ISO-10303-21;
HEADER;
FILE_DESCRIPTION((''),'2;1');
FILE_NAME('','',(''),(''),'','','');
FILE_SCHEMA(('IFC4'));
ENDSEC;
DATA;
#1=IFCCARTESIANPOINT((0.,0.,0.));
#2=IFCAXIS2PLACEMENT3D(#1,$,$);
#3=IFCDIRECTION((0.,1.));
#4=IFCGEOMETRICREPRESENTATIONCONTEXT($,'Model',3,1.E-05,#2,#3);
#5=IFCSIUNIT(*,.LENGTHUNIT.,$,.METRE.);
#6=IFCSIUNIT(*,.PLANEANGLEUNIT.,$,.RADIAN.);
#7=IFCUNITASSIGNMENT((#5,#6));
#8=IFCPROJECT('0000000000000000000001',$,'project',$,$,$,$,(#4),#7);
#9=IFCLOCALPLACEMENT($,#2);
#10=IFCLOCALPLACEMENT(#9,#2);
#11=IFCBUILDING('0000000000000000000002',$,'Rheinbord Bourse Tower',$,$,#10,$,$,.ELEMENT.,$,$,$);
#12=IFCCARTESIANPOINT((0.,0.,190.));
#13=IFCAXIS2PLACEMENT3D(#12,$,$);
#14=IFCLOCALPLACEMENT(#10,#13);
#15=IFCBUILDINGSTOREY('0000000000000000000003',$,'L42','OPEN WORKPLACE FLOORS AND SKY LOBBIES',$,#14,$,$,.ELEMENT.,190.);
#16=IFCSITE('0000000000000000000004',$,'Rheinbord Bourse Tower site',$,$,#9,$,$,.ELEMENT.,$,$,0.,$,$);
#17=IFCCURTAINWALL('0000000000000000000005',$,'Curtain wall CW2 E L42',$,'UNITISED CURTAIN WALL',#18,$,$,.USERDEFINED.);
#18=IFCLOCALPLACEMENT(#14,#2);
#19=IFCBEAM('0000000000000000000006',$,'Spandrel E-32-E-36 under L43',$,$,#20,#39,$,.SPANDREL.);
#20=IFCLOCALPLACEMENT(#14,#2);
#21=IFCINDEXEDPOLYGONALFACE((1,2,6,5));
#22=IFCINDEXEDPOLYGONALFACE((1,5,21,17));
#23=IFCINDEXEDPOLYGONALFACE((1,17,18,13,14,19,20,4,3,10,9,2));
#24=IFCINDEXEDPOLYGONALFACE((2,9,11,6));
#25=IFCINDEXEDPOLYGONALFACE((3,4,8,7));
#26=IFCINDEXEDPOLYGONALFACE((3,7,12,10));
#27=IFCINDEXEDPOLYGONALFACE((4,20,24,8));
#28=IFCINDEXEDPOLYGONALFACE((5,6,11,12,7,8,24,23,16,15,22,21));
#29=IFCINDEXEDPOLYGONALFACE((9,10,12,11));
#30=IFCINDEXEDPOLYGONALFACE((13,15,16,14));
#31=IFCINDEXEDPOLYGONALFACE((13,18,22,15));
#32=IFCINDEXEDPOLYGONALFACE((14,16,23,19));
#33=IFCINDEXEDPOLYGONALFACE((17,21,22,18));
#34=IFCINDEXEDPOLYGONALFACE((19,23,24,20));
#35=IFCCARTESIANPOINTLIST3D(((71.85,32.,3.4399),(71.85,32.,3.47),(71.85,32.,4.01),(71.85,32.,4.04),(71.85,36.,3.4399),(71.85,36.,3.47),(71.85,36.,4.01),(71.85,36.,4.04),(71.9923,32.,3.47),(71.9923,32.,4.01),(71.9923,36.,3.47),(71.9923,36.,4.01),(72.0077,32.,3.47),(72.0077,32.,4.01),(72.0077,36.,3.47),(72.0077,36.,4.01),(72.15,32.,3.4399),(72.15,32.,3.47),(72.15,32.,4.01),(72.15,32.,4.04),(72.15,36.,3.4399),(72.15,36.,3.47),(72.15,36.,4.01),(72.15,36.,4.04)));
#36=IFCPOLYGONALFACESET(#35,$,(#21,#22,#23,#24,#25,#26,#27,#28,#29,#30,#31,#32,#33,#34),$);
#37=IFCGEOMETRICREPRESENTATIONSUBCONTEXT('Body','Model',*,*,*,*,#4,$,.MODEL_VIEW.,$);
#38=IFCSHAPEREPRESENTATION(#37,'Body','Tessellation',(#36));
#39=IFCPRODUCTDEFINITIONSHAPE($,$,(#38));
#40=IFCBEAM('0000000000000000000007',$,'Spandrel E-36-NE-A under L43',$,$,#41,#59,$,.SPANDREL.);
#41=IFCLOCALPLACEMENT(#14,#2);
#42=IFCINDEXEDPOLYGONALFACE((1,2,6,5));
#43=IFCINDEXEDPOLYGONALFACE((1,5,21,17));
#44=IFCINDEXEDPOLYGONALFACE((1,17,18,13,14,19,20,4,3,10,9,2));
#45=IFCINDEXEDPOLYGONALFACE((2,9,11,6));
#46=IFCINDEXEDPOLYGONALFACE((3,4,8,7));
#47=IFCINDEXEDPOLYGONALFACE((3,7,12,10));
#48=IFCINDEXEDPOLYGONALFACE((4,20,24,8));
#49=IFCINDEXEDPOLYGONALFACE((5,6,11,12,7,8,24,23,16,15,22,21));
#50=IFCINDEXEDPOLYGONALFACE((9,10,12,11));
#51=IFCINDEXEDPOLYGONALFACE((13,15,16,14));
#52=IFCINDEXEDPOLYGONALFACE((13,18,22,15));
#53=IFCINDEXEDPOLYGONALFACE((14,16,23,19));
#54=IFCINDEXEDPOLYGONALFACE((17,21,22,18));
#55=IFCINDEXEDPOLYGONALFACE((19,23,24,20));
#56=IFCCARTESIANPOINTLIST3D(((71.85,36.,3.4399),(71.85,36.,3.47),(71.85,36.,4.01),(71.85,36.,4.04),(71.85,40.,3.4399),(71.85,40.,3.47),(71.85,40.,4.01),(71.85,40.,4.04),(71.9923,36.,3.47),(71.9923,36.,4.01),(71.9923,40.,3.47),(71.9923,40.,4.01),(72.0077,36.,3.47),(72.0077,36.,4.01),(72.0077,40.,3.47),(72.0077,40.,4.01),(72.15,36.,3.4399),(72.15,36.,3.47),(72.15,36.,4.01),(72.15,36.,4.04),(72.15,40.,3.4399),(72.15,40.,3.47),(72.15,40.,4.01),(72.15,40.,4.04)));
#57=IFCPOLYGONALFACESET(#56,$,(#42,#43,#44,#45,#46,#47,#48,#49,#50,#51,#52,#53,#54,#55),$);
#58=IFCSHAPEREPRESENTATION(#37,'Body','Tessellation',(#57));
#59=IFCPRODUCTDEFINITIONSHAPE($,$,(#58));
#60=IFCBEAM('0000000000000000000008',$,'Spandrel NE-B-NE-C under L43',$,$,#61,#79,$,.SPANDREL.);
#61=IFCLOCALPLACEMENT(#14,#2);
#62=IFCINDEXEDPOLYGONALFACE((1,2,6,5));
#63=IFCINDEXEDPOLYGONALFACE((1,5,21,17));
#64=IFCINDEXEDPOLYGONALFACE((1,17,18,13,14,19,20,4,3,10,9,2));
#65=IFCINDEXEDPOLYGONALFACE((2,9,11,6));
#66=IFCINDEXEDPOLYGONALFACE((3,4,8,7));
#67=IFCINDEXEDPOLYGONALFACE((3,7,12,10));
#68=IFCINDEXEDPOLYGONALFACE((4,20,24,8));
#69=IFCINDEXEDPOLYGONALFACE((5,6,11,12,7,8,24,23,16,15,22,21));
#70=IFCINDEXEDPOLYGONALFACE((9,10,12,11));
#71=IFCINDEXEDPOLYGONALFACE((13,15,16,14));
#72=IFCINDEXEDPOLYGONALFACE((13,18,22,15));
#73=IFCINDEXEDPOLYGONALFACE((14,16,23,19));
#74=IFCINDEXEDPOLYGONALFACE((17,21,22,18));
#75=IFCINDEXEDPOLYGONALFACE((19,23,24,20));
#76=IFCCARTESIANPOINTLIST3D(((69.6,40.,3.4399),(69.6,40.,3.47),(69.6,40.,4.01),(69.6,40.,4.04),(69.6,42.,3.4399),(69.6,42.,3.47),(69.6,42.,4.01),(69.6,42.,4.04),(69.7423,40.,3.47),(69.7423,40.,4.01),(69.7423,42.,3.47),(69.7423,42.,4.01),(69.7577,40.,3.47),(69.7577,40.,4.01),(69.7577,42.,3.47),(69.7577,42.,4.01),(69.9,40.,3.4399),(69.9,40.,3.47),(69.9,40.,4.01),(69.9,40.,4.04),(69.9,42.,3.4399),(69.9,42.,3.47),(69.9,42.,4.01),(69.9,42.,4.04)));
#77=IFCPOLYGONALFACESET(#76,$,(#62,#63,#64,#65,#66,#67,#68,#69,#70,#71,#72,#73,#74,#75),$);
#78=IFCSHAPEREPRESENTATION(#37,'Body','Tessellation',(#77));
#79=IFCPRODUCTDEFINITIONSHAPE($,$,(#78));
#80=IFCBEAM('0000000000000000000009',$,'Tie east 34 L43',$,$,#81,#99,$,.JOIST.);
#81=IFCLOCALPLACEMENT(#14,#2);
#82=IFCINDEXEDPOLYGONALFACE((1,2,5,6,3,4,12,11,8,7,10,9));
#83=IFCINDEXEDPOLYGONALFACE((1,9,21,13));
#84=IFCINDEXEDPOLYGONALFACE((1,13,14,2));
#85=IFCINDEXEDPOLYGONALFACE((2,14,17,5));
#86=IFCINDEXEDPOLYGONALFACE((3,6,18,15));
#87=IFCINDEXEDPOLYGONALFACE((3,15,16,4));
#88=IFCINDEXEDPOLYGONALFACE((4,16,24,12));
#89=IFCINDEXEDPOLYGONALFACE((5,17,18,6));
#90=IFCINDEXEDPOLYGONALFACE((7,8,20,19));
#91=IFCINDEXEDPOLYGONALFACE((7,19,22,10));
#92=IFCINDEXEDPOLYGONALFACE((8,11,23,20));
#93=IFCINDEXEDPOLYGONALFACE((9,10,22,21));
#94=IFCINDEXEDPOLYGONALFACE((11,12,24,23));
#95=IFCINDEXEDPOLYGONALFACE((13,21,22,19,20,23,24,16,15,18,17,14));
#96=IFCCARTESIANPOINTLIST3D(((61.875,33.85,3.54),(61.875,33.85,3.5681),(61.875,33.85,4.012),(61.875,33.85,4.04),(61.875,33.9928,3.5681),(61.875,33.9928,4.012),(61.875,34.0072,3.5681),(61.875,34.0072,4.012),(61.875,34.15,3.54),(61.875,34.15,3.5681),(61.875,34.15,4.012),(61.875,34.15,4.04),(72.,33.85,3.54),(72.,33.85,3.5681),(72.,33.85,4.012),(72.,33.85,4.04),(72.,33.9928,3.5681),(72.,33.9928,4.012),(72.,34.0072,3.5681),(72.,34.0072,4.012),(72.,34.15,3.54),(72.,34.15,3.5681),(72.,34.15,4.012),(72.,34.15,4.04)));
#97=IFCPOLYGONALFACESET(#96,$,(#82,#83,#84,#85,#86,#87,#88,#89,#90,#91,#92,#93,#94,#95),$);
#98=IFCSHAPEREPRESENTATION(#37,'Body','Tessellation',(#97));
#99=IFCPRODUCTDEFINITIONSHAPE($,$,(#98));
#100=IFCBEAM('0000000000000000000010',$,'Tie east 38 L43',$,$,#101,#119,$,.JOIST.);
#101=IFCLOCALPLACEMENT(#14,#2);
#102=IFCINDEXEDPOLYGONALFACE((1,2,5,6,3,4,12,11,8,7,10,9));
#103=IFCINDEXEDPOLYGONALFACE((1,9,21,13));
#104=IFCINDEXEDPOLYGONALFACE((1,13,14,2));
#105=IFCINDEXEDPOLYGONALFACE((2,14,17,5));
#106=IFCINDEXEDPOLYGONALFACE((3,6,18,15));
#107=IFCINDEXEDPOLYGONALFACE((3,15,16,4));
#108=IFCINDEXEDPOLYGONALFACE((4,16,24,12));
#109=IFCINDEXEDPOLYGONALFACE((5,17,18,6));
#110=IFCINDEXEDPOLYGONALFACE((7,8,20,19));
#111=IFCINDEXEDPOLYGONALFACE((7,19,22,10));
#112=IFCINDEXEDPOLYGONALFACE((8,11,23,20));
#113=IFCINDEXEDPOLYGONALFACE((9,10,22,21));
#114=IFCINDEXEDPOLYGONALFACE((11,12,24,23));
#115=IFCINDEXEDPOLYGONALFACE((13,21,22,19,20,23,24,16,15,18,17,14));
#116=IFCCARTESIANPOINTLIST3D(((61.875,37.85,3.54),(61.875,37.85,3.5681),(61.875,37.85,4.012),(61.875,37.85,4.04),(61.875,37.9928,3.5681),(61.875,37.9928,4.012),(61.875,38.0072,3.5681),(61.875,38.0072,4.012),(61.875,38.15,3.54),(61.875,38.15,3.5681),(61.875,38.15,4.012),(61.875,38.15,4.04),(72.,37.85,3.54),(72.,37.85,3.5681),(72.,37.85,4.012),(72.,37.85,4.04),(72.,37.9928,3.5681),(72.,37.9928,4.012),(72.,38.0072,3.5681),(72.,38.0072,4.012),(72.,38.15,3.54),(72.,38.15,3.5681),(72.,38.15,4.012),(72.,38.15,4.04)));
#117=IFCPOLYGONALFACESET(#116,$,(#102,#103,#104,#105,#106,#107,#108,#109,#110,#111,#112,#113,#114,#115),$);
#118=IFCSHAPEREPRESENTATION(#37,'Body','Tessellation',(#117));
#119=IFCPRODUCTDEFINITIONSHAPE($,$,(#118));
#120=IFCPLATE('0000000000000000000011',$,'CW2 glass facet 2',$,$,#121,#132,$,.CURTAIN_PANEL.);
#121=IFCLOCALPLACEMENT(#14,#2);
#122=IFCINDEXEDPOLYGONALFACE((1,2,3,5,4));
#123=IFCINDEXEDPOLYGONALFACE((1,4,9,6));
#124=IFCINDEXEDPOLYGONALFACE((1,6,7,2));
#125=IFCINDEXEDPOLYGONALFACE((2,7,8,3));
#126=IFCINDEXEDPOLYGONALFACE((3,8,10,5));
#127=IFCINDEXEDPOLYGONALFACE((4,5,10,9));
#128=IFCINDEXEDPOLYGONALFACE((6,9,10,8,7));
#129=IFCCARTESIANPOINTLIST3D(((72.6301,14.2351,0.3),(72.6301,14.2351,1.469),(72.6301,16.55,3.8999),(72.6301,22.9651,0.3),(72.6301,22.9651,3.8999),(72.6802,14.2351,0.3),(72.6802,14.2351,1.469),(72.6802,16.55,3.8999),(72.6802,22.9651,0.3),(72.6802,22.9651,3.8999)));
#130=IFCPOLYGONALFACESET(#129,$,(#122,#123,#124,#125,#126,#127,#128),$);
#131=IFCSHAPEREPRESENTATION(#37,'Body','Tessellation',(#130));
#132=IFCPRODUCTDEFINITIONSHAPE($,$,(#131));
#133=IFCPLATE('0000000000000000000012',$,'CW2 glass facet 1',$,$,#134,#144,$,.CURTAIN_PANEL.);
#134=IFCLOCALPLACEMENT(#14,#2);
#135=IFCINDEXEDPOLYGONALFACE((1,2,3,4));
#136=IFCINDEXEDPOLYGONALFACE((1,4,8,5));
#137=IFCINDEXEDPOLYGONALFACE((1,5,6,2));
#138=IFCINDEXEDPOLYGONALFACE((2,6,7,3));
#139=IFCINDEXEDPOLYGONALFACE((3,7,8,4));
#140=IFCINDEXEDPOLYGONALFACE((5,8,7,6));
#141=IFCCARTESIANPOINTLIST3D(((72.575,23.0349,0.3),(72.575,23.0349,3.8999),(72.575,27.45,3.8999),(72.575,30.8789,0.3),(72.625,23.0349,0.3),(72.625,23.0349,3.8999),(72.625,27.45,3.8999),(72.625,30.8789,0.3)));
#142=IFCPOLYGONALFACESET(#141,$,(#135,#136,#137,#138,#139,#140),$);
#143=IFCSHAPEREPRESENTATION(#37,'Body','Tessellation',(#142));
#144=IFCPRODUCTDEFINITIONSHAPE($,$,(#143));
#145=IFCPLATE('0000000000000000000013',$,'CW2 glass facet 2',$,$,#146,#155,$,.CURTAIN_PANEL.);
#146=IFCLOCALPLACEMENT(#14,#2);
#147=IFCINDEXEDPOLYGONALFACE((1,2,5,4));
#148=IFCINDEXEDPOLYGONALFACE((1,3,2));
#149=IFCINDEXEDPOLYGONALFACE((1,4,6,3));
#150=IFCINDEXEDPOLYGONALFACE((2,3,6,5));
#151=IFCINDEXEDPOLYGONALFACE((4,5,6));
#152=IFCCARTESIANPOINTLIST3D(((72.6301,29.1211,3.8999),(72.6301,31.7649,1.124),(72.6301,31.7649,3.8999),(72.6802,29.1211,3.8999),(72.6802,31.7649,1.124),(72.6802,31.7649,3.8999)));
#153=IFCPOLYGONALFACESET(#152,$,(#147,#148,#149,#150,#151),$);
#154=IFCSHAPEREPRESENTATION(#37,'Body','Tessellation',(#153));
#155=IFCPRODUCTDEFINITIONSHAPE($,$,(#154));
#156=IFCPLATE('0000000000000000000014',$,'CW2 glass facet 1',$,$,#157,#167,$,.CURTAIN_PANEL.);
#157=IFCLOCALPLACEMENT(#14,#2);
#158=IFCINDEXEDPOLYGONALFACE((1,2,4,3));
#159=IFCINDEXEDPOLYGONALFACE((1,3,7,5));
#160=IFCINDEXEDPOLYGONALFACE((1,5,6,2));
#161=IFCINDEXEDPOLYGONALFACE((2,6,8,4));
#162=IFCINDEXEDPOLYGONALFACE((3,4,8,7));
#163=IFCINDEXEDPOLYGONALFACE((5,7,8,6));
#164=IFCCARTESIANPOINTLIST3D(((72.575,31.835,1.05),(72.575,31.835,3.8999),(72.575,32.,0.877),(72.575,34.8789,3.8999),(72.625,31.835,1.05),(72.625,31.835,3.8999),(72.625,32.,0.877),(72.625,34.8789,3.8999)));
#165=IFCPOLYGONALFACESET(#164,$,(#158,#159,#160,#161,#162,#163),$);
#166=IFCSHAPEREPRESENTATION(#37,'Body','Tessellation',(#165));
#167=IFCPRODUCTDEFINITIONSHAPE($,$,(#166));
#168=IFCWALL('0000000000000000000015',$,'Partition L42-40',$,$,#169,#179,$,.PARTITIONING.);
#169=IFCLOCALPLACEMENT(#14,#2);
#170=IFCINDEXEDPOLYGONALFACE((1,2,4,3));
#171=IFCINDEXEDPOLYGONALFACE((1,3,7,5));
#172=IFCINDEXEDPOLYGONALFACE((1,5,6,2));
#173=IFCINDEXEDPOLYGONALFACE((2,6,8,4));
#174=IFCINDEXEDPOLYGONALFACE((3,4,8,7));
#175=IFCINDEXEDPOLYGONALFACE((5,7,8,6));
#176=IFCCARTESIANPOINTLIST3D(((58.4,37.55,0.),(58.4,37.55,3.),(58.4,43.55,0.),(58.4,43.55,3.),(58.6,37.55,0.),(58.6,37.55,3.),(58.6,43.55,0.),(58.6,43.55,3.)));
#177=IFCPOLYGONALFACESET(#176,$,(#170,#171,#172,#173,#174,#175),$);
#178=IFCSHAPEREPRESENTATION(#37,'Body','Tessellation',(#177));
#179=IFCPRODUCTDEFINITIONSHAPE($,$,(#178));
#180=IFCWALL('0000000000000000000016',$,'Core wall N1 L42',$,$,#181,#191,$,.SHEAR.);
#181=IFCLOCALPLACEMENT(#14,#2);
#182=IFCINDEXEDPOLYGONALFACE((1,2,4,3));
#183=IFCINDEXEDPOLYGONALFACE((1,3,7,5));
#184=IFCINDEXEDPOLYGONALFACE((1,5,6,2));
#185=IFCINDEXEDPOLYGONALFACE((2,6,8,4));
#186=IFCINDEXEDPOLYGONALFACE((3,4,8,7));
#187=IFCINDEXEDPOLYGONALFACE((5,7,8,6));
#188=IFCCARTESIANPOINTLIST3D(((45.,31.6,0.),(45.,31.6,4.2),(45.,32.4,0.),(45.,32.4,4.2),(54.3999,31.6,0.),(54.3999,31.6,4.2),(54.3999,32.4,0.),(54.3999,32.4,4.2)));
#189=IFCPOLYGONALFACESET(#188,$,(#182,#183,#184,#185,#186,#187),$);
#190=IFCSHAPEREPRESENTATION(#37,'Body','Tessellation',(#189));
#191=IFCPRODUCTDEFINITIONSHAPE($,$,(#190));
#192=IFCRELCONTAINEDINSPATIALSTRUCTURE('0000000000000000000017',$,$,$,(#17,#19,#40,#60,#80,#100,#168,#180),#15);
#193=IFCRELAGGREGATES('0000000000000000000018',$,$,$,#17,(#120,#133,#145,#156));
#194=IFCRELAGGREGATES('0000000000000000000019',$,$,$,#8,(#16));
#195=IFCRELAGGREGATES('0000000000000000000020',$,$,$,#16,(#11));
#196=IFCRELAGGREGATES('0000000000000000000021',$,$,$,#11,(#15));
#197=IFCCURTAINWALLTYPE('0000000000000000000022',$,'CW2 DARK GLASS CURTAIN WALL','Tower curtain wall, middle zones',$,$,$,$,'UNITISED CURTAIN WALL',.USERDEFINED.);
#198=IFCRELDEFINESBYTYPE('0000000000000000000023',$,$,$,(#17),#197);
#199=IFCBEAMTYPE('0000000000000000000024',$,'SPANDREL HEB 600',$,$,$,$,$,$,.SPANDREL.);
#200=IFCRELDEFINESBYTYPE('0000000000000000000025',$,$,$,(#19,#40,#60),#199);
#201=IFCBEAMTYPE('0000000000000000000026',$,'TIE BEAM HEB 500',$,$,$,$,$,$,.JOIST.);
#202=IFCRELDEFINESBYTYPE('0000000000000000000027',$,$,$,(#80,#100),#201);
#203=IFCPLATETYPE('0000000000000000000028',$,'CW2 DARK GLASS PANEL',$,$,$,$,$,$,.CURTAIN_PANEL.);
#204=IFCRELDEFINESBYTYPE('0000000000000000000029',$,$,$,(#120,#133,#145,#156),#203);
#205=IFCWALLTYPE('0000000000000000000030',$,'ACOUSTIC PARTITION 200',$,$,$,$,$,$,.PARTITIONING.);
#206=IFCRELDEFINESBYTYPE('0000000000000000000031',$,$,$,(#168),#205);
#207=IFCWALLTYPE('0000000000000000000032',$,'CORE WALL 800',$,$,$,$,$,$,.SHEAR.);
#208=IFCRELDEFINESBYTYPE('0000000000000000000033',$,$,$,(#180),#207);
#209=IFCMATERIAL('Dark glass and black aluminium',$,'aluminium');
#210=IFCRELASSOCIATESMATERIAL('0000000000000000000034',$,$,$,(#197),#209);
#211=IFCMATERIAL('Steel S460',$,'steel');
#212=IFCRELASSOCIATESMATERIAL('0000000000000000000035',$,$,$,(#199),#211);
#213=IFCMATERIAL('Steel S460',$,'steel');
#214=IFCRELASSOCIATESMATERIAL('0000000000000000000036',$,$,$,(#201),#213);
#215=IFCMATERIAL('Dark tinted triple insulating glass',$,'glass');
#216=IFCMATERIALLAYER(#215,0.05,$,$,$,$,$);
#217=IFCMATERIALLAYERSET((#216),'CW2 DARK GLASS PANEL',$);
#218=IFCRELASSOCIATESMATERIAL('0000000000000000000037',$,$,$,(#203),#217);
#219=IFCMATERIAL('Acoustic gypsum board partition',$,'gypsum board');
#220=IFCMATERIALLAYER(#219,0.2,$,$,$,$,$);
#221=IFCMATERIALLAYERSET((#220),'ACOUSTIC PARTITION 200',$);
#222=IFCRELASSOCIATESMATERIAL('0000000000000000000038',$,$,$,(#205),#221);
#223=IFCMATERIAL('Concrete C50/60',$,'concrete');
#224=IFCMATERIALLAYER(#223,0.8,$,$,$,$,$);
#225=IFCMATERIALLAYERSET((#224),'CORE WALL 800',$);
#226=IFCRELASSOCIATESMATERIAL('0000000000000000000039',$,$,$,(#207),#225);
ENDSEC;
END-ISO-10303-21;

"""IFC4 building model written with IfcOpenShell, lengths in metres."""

from ifc_helpers import new_model, si_unit, direction, frame, frame_2d, origin, origin_2d, place, context, subcontext, project, spatial, polyline, rectangle, i_section, outline, extrude, material, layer, layer_set, material_profile, profile_set, type_object, element, aggregate, save


model = new_model("IFC4")

# Units and contexts
model_context = context("Model", 3, precision=1e-05, world=origin(), true_north=direction((0.0, 1.0)))
body_context = subcontext(model_context, "Body", "Model", "MODEL_VIEW")
ifc_project = project(units=[si_unit("LENGTHUNIT", "METRE"), si_unit("PLANEANGLEUNIT", "RADIAN")], contexts=[model_context])

# Site, building, storey
site_placement = place(None, origin())
site = spatial("IfcSite", under=ifc_project, at=site_placement, Name="Rheinbord Bourse Tower site", CompositionType="ELEMENT", RefElevation=0.0)
building_placement = place(site_placement, origin())
building = spatial("IfcBuilding", under=site, at=building_placement, Name="Rheinbord Bourse Tower", CompositionType="ELEMENT")
storey_placement = place(building_placement, frame((0.0, 0.0, 190.0)))
storey = spatial("IfcBuildingStorey", under=building, at=storey_placement, Name="L42", Description="OPEN WORKPLACE FLOORS AND SKY LOBBIES", CompositionType="ELEMENT", Elevation=190.0)

# Curtain wall
ifc_material_1 = material(Name="Dark glass and black aluminium", Category="aluminium")
curtain_wall_type = type_object("IfcCurtainWallType", Name="CW2 DARK GLASS CURTAIN WALL", Description="Tower curtain wall, middle zones", ElementType="UNITISED CURTAIN WALL", PredefinedType="USERDEFINED", material=ifc_material_1)
curtain_wall_placement = place(storey_placement, origin())
curtain_wall = element("IfcCurtainWall", 1, at=curtain_wall_placement, inside=storey, type_object=curtain_wall_type, Name="Curtain wall CW2 E L42", ObjectType="UNITISED CURTAIN WALL", PredefinedType="USERDEFINED")

# Beams
ifc_material_2 = material(Name="Steel S460", Category="steel")
ifc_material_profile_1 = material_profile(ifc_material_2, i_section(OverallWidth=0.3, OverallDepth=0.6001, WebThickness=0.0154, FlangeThickness=0.03, at=origin_2d()), Name="HEB 600")
ifc_profile_set_1 = profile_set([ifc_material_profile_1], Name="Steel S460")
beam_type_1 = type_object("IfcBeamType", Name="SPANDREL HEB 600", PredefinedType="SPANDREL", material=ifc_profile_set_1)
for number, where, z_axis, x_axis, name in (
    (2, (72.0, 32.0, 3.74), (0.0, 1.0, 0.0), (-1.0, 0.0, 0.0), "Spandrel E-32-E-36 under L43"),
    (3, (72.0, 36.0, 3.74), (0.0, 1.0, 0.0), (-1.0, 0.0, 0.0), "Spandrel E-36-NE-A under L43"),
):
    element("IfcBeam", number, at=place(storey_placement, frame(where, z_axis=z_axis, x_axis=x_axis)), inside=storey, type_object=beam_type_1, Name=name, PredefinedType="SPANDREL", context=body_context, shape_type="SweptSolid", body=[
        extrude(i_section(OverallWidth=0.3, OverallDepth=0.6001, WebThickness=0.0154, FlangeThickness=0.03, at=origin_2d()), origin(), (0.0, 0.0, 1.0), 4.0),
    ])
beam_1_placement = place(storey_placement, frame((69.75, 40.0, 3.74), z_axis=(0.0, 1.0, 0.0), x_axis=(-1.0, 0.0, 0.0)))
element("IfcBeam", 4, at=beam_1_placement, inside=storey, type_object=beam_type_1, Name="Spandrel NE-B-NE-C under L43", PredefinedType="SPANDREL", context=body_context, shape_type="SweptSolid", body=[
    extrude(i_section(OverallWidth=0.3, OverallDepth=0.6001, WebThickness=0.0154, FlangeThickness=0.03, at=origin_2d()), origin(), (0.0, 0.0, 1.0), 2.0),
])
ifc_material_3 = material(Name="Steel S460", Category="steel")
ifc_material_profile_2 = material_profile(ifc_material_3, i_section(OverallWidth=0.3, OverallDepth=0.5, WebThickness=0.0144, FlangeThickness=0.0281, at=origin_2d()), Name="HEB 500")
ifc_profile_set_2 = profile_set([ifc_material_profile_2], Name="Steel S460")
beam_type_2 = type_object("IfcBeamType", Name="TIE BEAM HEB 500", PredefinedType="JOIST", material=ifc_profile_set_2)
for number, where, z_axis, x_axis, name in (
    (5, (61.875, 34.0, 3.79), (1.0, 0.0, 0.0), (0.0, 1.0, 0.0), "Tie east 34 L43"),
    (6, (61.875, 38.0, 3.79), (1.0, 0.0, 0.0), (0.0, 1.0, 0.0), "Tie east 38 L43"),
):
    element("IfcBeam", number, at=place(storey_placement, frame(where, z_axis=z_axis, x_axis=x_axis)), inside=storey, type_object=beam_type_2, Name=name, PredefinedType="JOIST", context=body_context, shape_type="SweptSolid", body=[
        extrude(i_section(OverallWidth=0.3, OverallDepth=0.5, WebThickness=0.0144, FlangeThickness=0.0281, at=origin_2d()), origin(), (0.0, 0.0, 1.0), 10.125),
    ])

# Plates
ifc_material_4 = material(Name="Dark tinted triple insulating glass", Category="glass")
ifc_layer_1 = layer(ifc_material_4, 0.05)
ifc_layer_set_1 = layer_set([ifc_layer_1], Name="CW2 DARK GLASS PANEL")
plate_type = type_object("IfcPlateType", Name="CW2 DARK GLASS PANEL", PredefinedType="CURTAIN_PANEL", material=ifc_layer_set_1)
plate_1_placement = place(storey_placement, frame((72.6802, 22.9651, 3.8999), z_axis=(-1.0, 0.0, 0.0), x_axis=(0.0, 0.0, -1.0)))
plate_1 = element("IfcPlate", 7, at=plate_1_placement, type_object=plate_type, Name="CW2 glass facet 2", PredefinedType="CURTAIN_PANEL", context=body_context, shape_type="SweptSolid", body=[
    extrude(outline(polyline([(0.0, 0.0), (3.5999, 0.0), (3.5999, 8.73), (2.4309, 8.73), (0.0, 6.415), (0.0, 0.0)])), origin(), (0.0, 0.0, 1.0), 0.05),
])
plate_2_placement = place(storey_placement, frame((72.625, 23.0349, 0.3), z_axis=(-1.0, 0.0, 0.0), x_axis=(0.0, 0.0, 1.0)))
plate_2 = element("IfcPlate", 8, at=plate_2_placement, type_object=plate_type, Name="CW2 glass facet 1", PredefinedType="CURTAIN_PANEL", context=body_context, shape_type="SweptSolid", body=[
    extrude(outline(polyline([(0.0, 0.0), (3.5999, 0.0), (3.5999, 4.415), (0.0, 7.844), (0.0, 0.0)])), origin(), (0.0, 0.0, 1.0), 0.05),
])
plate_3_placement = place(storey_placement, frame((72.6802, 31.7649, 3.8999), z_axis=(-1.0, 0.0, 0.0), x_axis=(0.0, 0.0, -1.0)))
plate_3 = element("IfcPlate", 9, at=plate_3_placement, type_object=plate_type, Name="CW2 glass facet 2", PredefinedType="CURTAIN_PANEL", context=body_context, shape_type="SweptSolid", body=[
    extrude(outline(polyline([(0.0, 0.0), (2.7759, 0.0), (0.0, 2.6438), (0.0, 0.0)])), origin(), (0.0, 0.0, 1.0), 0.05),
])
plate_4_placement = place(storey_placement, frame((72.625, 31.835, 3.8999), z_axis=(-1.0, 0.0, 0.0), x_axis=(0.0, 1.0, 0.0)))
plate_4 = element("IfcPlate", 10, at=plate_4_placement, type_object=plate_type, Name="CW2 glass facet 1", PredefinedType="CURTAIN_PANEL", context=body_context, shape_type="SweptSolid", body=[
    extrude(outline(polyline([(0.0, 0.0), (3.0439, 0.0), (0.165, 3.0229), (0.0, 2.8499), (0.0, 0.0)])), origin(), (0.0, 0.0, 1.0), 0.05),
])
aggregate(curtain_wall, [plate_1, plate_2, plate_3, plate_4])

# Walls
ifc_material_5 = material(Name="Acoustic gypsum board partition", Category="gypsum board")
ifc_layer_2 = layer(ifc_material_5, 0.2)
ifc_layer_set_2 = layer_set([ifc_layer_2], Name="ACOUSTIC PARTITION 200")
wall_type_1 = type_object("IfcWallType", Name="ACOUSTIC PARTITION 200", PredefinedType="PARTITIONING", material=ifc_layer_set_2)
wall_1_placement = place(storey_placement, frame((58.5, 37.55, 0.0), z_axis=(0.0, 0.0, 1.0), x_axis=(0.0, 1.0, 0.0)))
element("IfcWall", 11, at=wall_1_placement, inside=storey, type_object=wall_type_1, Name="Partition L42-40", PredefinedType="PARTITIONING", context=body_context, shape_type="SweptSolid", body=[
    extrude(rectangle(XDim=6.0, YDim=0.2, at=frame_2d((3.0, 0.0))), origin(), (0.0, 0.0, 1.0), 3.0),
])
ifc_material_6 = material(Name="Concrete C50/60", Category="concrete")
ifc_layer_3 = layer(ifc_material_6, 0.8)
ifc_layer_set_3 = layer_set([ifc_layer_3], Name="CORE WALL 800")
wall_type_2 = type_object("IfcWallType", Name="CORE WALL 800", PredefinedType="SHEAR", material=ifc_layer_set_3)
wall_2_placement = place(storey_placement, frame((54.3999, 32.0, 0.0), z_axis=(0.0, 0.0, 1.0), x_axis=(-1.0, 0.0, 0.0)))
element("IfcWall", 12, at=wall_2_placement, inside=storey, type_object=wall_type_2, Name="Core wall N1 L42", PredefinedType="SHEAR", context=body_context, shape_type="SweptSolid", body=[
    extrude(rectangle(XDim=9.3999, YDim=0.8, at=frame_2d((4.7, 0.0))), origin(), (0.0, 0.0, 1.0), 4.2),
])

save(model, "model.ifc")
